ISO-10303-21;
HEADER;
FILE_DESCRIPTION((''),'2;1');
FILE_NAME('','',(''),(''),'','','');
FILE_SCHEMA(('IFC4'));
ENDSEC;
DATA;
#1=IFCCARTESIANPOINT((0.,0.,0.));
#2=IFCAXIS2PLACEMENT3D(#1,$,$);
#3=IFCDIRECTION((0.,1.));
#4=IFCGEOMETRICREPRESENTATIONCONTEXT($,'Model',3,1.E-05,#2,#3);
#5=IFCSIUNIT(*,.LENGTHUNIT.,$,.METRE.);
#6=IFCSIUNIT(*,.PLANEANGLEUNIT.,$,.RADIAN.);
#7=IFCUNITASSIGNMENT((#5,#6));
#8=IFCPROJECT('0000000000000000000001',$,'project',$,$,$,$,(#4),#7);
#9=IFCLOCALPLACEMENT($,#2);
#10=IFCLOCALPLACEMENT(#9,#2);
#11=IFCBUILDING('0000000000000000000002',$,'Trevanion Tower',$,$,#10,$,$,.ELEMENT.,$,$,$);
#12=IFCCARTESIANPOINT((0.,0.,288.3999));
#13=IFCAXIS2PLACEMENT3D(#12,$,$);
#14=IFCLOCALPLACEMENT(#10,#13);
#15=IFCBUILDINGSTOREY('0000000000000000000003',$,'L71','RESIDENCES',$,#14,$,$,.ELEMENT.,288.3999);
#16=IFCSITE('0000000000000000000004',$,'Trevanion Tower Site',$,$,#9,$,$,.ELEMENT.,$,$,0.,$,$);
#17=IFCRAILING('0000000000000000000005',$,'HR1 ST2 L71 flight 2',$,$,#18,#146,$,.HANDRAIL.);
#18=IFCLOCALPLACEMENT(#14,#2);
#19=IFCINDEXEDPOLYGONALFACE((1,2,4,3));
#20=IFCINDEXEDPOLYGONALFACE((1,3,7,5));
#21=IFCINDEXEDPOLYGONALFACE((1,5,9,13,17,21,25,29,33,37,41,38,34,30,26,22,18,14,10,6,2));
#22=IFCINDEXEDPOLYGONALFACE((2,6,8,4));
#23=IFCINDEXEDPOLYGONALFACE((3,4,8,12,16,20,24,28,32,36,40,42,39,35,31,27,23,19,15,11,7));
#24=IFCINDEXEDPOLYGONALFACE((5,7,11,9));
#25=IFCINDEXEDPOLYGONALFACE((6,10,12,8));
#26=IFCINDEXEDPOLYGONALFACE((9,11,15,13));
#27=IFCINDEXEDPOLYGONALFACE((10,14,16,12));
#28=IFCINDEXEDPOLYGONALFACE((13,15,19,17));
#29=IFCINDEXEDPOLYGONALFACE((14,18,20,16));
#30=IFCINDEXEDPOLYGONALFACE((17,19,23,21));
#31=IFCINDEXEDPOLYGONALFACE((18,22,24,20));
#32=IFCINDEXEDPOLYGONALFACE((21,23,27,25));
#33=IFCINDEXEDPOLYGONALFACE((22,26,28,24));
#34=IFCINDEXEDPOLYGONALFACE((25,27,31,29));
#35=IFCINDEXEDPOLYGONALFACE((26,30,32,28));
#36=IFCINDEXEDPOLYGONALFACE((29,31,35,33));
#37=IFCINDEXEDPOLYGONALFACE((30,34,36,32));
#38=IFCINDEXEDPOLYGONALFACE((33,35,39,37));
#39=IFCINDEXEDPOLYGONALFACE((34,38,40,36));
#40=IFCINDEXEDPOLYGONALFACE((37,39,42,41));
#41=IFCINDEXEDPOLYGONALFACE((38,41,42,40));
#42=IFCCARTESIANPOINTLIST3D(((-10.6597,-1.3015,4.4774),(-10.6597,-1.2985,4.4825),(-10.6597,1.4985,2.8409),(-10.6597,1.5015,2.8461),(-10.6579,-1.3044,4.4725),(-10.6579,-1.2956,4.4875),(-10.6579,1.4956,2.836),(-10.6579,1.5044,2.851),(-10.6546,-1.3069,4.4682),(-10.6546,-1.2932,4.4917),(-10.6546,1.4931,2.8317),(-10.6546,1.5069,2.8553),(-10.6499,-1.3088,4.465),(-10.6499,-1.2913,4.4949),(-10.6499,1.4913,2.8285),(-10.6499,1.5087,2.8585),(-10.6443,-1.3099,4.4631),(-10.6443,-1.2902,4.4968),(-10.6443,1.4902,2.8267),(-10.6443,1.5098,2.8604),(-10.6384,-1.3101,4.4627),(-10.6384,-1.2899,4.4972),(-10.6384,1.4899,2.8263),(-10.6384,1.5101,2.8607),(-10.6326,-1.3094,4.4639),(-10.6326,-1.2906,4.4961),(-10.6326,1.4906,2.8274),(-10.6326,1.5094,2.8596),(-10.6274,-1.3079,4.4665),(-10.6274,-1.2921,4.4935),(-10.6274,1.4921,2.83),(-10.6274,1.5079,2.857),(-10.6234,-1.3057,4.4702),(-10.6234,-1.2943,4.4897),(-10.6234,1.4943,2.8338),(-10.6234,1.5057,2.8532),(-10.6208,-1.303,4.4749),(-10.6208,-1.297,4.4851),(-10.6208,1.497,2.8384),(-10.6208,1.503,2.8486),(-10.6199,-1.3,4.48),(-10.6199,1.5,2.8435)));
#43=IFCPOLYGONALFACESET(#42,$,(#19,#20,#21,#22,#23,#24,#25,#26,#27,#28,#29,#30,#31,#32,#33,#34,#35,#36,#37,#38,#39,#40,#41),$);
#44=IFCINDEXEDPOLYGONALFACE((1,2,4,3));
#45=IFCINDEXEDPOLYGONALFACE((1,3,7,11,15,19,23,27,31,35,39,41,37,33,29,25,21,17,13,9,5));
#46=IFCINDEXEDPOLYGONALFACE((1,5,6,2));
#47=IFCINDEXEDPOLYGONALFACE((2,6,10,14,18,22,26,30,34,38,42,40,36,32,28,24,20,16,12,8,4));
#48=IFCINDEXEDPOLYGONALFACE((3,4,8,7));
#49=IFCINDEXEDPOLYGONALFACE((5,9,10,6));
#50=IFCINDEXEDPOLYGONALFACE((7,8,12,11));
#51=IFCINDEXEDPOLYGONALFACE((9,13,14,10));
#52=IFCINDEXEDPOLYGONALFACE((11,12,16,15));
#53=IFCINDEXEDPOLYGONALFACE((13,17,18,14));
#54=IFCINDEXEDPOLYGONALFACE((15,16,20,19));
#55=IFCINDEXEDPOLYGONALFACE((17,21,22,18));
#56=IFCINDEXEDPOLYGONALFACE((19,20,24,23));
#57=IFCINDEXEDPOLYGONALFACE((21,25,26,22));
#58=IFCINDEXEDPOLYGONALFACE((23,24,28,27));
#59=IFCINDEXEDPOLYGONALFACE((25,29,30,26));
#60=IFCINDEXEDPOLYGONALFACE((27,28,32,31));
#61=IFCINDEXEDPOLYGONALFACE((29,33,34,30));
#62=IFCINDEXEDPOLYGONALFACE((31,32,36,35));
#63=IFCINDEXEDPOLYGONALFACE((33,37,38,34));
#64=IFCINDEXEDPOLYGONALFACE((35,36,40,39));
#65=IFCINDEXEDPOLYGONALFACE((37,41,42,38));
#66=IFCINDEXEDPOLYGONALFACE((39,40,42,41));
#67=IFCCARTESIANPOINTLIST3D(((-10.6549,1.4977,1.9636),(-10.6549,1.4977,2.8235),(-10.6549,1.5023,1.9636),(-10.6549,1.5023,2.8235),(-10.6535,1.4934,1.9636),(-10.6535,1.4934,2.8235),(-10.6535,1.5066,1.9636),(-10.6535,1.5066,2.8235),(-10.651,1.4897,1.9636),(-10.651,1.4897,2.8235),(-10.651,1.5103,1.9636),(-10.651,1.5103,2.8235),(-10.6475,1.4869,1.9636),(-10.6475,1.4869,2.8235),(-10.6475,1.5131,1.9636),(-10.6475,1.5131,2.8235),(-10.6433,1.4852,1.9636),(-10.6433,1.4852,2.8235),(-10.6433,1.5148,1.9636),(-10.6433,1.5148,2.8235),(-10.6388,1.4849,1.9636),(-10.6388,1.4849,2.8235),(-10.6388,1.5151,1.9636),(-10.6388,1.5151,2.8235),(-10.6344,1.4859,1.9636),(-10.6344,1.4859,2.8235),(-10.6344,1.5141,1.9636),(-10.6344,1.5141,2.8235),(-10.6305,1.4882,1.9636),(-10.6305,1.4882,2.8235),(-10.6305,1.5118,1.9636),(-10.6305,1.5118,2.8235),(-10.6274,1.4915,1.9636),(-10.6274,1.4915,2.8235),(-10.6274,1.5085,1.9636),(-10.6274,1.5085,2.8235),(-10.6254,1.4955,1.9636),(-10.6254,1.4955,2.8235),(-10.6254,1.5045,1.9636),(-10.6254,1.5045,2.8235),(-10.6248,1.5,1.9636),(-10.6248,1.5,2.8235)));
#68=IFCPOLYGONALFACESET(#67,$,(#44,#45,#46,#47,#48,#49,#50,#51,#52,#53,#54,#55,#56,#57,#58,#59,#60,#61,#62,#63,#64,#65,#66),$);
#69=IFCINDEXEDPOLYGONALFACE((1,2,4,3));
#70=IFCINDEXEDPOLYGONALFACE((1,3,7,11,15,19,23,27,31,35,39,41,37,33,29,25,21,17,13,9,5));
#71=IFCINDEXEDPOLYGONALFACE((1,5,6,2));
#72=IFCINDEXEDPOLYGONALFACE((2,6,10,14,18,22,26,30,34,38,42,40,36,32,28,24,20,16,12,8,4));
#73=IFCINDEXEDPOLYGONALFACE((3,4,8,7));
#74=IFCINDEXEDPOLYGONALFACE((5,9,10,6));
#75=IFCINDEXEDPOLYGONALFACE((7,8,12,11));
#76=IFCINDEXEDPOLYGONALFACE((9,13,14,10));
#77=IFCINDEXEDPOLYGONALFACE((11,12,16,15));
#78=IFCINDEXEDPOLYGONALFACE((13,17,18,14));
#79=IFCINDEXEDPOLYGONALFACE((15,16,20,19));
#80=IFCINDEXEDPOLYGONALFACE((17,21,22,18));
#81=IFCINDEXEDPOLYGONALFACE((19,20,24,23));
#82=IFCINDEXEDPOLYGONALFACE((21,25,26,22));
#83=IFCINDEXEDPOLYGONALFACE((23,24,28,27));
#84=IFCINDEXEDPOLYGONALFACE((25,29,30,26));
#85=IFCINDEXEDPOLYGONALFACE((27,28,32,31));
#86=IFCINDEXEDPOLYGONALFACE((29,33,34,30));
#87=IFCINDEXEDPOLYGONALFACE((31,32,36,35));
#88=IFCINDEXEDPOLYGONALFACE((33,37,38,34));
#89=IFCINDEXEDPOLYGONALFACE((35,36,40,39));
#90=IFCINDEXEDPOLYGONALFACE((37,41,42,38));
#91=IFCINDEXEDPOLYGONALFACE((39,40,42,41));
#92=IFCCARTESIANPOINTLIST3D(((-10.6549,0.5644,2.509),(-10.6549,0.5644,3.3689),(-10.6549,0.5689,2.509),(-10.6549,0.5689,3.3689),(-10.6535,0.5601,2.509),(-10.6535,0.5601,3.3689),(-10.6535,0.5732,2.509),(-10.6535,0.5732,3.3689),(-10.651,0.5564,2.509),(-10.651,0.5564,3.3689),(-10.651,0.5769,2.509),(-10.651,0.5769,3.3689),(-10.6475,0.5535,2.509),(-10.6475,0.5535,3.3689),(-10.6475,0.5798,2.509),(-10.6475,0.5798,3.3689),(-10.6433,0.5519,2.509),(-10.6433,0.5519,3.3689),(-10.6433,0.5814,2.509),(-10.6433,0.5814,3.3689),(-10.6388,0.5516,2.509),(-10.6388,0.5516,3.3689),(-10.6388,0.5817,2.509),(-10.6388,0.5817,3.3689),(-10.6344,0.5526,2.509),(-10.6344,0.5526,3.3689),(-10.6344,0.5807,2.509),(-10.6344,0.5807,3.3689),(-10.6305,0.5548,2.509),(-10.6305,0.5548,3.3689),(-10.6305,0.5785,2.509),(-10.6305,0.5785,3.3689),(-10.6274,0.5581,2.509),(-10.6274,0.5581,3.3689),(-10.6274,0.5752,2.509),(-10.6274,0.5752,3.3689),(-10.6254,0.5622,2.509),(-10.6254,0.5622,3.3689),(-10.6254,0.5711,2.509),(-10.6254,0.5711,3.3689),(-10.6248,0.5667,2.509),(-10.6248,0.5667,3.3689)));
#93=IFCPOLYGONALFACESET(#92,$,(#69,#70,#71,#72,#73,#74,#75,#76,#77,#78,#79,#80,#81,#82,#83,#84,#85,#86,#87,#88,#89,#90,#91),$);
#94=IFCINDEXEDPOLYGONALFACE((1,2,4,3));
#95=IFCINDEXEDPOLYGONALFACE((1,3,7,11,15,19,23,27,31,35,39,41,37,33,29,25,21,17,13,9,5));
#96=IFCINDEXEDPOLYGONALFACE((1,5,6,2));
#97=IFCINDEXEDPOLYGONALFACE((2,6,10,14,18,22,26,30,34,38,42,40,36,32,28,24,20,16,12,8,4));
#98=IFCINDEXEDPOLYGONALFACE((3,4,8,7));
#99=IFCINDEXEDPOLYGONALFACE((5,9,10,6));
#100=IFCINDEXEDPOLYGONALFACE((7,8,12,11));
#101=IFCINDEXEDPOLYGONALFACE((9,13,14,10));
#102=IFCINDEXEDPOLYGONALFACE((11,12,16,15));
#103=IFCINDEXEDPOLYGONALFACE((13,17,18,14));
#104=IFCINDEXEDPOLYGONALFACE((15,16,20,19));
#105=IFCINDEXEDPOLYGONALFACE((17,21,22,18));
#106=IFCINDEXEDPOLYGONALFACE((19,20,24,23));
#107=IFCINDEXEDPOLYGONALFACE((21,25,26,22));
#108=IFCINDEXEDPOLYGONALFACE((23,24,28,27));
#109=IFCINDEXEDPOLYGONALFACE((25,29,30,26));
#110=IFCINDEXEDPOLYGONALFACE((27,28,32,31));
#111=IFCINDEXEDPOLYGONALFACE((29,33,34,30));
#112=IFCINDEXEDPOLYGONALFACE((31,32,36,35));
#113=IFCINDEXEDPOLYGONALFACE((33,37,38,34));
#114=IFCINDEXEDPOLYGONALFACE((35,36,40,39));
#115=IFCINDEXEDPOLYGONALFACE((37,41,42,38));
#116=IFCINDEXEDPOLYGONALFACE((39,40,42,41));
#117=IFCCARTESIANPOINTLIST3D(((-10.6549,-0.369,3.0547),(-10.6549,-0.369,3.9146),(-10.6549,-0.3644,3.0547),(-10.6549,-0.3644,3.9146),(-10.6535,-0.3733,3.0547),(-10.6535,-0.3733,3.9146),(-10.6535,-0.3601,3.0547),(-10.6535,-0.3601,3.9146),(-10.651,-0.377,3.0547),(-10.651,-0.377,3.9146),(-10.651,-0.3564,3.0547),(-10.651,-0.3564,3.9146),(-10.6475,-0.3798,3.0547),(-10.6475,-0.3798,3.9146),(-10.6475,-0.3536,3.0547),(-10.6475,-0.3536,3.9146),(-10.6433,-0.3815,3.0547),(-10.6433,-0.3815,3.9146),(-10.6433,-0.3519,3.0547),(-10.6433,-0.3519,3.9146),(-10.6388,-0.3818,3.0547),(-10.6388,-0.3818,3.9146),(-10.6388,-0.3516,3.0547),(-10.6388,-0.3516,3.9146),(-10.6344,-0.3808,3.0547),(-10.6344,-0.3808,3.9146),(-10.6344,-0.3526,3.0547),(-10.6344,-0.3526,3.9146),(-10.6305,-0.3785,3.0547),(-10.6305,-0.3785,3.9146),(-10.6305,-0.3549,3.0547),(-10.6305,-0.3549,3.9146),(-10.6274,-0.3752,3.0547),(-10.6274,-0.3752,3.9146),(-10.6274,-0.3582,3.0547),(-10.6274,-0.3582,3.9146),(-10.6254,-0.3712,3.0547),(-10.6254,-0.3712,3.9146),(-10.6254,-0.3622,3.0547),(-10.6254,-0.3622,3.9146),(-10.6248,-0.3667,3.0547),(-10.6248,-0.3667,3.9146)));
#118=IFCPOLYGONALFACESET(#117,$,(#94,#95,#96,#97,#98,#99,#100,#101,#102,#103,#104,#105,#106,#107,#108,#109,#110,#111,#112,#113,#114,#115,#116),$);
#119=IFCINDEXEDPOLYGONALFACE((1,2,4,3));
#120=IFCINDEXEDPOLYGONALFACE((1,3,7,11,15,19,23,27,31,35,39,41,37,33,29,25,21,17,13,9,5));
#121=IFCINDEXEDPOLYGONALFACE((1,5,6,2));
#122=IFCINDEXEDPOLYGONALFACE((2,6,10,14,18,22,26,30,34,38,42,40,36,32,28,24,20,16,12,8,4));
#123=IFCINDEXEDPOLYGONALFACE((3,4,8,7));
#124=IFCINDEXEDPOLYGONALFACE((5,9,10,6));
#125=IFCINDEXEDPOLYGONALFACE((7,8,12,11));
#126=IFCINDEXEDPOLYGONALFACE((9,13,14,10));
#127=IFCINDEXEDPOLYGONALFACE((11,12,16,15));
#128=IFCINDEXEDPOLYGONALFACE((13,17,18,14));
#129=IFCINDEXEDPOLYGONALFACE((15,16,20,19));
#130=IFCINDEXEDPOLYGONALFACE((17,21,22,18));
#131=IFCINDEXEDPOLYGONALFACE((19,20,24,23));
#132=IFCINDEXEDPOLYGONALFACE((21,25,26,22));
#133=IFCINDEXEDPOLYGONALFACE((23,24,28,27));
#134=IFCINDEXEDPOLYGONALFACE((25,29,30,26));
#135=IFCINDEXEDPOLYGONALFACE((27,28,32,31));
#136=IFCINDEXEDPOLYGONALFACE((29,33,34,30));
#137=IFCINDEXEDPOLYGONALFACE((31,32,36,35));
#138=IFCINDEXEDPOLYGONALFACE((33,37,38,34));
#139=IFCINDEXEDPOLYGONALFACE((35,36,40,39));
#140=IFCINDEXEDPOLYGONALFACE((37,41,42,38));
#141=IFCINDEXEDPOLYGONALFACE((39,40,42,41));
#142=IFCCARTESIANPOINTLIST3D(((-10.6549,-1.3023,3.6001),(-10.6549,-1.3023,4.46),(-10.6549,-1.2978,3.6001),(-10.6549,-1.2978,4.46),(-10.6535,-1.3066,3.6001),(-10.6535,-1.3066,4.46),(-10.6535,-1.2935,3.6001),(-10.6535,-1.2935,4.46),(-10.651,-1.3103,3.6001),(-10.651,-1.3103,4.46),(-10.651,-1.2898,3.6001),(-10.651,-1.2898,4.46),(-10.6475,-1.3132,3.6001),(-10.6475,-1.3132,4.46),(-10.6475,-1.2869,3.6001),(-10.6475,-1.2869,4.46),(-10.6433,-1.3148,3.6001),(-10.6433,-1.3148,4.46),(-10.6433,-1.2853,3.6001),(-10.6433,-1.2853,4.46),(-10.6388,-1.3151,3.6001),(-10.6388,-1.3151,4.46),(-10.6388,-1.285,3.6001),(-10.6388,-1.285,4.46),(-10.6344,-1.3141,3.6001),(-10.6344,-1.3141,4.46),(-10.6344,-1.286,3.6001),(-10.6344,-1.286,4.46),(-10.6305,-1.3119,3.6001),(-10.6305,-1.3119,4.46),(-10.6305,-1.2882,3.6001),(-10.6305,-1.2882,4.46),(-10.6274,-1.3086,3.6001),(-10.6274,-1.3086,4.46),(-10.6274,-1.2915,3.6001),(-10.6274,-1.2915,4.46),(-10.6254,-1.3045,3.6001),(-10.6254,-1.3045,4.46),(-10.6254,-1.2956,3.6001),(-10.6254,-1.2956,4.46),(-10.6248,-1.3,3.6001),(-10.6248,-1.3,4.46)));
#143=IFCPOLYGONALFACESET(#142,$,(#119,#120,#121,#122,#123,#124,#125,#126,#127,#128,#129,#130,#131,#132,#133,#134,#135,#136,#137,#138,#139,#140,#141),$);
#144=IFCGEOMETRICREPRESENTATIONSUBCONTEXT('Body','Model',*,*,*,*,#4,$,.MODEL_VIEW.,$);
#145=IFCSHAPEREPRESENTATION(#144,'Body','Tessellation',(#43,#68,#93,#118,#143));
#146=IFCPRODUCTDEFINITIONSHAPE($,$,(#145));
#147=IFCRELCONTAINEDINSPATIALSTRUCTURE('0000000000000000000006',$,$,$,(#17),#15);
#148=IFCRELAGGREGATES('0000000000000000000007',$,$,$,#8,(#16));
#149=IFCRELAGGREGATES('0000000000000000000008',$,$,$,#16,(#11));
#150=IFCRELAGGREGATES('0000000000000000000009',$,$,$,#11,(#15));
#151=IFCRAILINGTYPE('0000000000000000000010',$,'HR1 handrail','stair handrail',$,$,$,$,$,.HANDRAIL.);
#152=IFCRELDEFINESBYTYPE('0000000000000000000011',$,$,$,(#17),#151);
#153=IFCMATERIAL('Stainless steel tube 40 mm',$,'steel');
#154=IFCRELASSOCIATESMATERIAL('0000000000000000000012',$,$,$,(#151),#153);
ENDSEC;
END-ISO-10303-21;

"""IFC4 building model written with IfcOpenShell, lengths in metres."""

from ifc_helpers import new_model, si_unit, direction, frame, origin, origin_2d, place, context, subcontext, project, spatial, circle, extrude, material, type_object, element, save


model = new_model("IFC4")

# Units and contexts
model_context = context("Model", 3, precision=1e-05, world=origin(), true_north=direction((0.0, 1.0)))
body_context = subcontext(model_context, "Body", "Model", "MODEL_VIEW")
ifc_project = project(units=[si_unit("LENGTHUNIT", "METRE"), si_unit("PLANEANGLEUNIT", "RADIAN")], contexts=[model_context])

# Site, building, storey
site_placement = place(None, origin())
site = spatial("IfcSite", under=ifc_project, at=site_placement, Name="Trevanion Tower Site", CompositionType="ELEMENT", RefElevation=0.0)
building_placement = place(site_placement, origin())
building = spatial("IfcBuilding", under=site, at=building_placement, Name="Trevanion Tower", CompositionType="ELEMENT")
storey_placement = place(building_placement, frame((0.0, 0.0, 288.3999)))
storey = spatial("IfcBuildingStorey", under=building, at=storey_placement, Name="L71", Description="RESIDENCES", CompositionType="ELEMENT", Elevation=288.3999)

# Railing
ifc_material_1 = material(Name="Stainless steel tube 40 mm", Category="steel")
railing_type = type_object("IfcRailingType", Name="HR1 handrail", Description="stair handrail", PredefinedType="HANDRAIL", material=ifc_material_1)
for number, where, name in (
    (1, (-10.6399, 1.5, 1.9636), "HR1 ST2 L71 flight 2"),
):
    element("IfcRailing", number, at=place(storey_placement, frame(where)), inside=storey, type_object=railing_type, Name=name, PredefinedType="HANDRAIL", context=body_context, shape_type="SweptSolid", body=[
        extrude(circle(Radius=0.02, at=origin_2d()), frame((0.0, 0.0, 0.8799), z_axis=(0.0, -0.863361, 0.504587), x_axis=(1.0, 0.0, 0.0)), (0.0, 0.0, 1.0), 3.2432),
        extrude(circle(Radius=0.0151, at=origin_2d()), origin(), (0.0, 0.0, 1.0), 0.8599),
        extrude(circle(Radius=0.0151, at=origin_2d()), frame((0.0, -0.9333, 0.5454)), (0.0, 0.0, 1.0), 0.8599),
        extrude(circle(Radius=0.0151, at=origin_2d()), frame((0.0, -1.8667, 1.0911)), (0.0, 0.0, 1.0), 0.8599),
        extrude(circle(Radius=0.0151, at=origin_2d()), frame((0.0, -2.8, 1.6365)), (0.0, 0.0, 1.0), 0.8599),
    ])

save(model, "model.ifc")
